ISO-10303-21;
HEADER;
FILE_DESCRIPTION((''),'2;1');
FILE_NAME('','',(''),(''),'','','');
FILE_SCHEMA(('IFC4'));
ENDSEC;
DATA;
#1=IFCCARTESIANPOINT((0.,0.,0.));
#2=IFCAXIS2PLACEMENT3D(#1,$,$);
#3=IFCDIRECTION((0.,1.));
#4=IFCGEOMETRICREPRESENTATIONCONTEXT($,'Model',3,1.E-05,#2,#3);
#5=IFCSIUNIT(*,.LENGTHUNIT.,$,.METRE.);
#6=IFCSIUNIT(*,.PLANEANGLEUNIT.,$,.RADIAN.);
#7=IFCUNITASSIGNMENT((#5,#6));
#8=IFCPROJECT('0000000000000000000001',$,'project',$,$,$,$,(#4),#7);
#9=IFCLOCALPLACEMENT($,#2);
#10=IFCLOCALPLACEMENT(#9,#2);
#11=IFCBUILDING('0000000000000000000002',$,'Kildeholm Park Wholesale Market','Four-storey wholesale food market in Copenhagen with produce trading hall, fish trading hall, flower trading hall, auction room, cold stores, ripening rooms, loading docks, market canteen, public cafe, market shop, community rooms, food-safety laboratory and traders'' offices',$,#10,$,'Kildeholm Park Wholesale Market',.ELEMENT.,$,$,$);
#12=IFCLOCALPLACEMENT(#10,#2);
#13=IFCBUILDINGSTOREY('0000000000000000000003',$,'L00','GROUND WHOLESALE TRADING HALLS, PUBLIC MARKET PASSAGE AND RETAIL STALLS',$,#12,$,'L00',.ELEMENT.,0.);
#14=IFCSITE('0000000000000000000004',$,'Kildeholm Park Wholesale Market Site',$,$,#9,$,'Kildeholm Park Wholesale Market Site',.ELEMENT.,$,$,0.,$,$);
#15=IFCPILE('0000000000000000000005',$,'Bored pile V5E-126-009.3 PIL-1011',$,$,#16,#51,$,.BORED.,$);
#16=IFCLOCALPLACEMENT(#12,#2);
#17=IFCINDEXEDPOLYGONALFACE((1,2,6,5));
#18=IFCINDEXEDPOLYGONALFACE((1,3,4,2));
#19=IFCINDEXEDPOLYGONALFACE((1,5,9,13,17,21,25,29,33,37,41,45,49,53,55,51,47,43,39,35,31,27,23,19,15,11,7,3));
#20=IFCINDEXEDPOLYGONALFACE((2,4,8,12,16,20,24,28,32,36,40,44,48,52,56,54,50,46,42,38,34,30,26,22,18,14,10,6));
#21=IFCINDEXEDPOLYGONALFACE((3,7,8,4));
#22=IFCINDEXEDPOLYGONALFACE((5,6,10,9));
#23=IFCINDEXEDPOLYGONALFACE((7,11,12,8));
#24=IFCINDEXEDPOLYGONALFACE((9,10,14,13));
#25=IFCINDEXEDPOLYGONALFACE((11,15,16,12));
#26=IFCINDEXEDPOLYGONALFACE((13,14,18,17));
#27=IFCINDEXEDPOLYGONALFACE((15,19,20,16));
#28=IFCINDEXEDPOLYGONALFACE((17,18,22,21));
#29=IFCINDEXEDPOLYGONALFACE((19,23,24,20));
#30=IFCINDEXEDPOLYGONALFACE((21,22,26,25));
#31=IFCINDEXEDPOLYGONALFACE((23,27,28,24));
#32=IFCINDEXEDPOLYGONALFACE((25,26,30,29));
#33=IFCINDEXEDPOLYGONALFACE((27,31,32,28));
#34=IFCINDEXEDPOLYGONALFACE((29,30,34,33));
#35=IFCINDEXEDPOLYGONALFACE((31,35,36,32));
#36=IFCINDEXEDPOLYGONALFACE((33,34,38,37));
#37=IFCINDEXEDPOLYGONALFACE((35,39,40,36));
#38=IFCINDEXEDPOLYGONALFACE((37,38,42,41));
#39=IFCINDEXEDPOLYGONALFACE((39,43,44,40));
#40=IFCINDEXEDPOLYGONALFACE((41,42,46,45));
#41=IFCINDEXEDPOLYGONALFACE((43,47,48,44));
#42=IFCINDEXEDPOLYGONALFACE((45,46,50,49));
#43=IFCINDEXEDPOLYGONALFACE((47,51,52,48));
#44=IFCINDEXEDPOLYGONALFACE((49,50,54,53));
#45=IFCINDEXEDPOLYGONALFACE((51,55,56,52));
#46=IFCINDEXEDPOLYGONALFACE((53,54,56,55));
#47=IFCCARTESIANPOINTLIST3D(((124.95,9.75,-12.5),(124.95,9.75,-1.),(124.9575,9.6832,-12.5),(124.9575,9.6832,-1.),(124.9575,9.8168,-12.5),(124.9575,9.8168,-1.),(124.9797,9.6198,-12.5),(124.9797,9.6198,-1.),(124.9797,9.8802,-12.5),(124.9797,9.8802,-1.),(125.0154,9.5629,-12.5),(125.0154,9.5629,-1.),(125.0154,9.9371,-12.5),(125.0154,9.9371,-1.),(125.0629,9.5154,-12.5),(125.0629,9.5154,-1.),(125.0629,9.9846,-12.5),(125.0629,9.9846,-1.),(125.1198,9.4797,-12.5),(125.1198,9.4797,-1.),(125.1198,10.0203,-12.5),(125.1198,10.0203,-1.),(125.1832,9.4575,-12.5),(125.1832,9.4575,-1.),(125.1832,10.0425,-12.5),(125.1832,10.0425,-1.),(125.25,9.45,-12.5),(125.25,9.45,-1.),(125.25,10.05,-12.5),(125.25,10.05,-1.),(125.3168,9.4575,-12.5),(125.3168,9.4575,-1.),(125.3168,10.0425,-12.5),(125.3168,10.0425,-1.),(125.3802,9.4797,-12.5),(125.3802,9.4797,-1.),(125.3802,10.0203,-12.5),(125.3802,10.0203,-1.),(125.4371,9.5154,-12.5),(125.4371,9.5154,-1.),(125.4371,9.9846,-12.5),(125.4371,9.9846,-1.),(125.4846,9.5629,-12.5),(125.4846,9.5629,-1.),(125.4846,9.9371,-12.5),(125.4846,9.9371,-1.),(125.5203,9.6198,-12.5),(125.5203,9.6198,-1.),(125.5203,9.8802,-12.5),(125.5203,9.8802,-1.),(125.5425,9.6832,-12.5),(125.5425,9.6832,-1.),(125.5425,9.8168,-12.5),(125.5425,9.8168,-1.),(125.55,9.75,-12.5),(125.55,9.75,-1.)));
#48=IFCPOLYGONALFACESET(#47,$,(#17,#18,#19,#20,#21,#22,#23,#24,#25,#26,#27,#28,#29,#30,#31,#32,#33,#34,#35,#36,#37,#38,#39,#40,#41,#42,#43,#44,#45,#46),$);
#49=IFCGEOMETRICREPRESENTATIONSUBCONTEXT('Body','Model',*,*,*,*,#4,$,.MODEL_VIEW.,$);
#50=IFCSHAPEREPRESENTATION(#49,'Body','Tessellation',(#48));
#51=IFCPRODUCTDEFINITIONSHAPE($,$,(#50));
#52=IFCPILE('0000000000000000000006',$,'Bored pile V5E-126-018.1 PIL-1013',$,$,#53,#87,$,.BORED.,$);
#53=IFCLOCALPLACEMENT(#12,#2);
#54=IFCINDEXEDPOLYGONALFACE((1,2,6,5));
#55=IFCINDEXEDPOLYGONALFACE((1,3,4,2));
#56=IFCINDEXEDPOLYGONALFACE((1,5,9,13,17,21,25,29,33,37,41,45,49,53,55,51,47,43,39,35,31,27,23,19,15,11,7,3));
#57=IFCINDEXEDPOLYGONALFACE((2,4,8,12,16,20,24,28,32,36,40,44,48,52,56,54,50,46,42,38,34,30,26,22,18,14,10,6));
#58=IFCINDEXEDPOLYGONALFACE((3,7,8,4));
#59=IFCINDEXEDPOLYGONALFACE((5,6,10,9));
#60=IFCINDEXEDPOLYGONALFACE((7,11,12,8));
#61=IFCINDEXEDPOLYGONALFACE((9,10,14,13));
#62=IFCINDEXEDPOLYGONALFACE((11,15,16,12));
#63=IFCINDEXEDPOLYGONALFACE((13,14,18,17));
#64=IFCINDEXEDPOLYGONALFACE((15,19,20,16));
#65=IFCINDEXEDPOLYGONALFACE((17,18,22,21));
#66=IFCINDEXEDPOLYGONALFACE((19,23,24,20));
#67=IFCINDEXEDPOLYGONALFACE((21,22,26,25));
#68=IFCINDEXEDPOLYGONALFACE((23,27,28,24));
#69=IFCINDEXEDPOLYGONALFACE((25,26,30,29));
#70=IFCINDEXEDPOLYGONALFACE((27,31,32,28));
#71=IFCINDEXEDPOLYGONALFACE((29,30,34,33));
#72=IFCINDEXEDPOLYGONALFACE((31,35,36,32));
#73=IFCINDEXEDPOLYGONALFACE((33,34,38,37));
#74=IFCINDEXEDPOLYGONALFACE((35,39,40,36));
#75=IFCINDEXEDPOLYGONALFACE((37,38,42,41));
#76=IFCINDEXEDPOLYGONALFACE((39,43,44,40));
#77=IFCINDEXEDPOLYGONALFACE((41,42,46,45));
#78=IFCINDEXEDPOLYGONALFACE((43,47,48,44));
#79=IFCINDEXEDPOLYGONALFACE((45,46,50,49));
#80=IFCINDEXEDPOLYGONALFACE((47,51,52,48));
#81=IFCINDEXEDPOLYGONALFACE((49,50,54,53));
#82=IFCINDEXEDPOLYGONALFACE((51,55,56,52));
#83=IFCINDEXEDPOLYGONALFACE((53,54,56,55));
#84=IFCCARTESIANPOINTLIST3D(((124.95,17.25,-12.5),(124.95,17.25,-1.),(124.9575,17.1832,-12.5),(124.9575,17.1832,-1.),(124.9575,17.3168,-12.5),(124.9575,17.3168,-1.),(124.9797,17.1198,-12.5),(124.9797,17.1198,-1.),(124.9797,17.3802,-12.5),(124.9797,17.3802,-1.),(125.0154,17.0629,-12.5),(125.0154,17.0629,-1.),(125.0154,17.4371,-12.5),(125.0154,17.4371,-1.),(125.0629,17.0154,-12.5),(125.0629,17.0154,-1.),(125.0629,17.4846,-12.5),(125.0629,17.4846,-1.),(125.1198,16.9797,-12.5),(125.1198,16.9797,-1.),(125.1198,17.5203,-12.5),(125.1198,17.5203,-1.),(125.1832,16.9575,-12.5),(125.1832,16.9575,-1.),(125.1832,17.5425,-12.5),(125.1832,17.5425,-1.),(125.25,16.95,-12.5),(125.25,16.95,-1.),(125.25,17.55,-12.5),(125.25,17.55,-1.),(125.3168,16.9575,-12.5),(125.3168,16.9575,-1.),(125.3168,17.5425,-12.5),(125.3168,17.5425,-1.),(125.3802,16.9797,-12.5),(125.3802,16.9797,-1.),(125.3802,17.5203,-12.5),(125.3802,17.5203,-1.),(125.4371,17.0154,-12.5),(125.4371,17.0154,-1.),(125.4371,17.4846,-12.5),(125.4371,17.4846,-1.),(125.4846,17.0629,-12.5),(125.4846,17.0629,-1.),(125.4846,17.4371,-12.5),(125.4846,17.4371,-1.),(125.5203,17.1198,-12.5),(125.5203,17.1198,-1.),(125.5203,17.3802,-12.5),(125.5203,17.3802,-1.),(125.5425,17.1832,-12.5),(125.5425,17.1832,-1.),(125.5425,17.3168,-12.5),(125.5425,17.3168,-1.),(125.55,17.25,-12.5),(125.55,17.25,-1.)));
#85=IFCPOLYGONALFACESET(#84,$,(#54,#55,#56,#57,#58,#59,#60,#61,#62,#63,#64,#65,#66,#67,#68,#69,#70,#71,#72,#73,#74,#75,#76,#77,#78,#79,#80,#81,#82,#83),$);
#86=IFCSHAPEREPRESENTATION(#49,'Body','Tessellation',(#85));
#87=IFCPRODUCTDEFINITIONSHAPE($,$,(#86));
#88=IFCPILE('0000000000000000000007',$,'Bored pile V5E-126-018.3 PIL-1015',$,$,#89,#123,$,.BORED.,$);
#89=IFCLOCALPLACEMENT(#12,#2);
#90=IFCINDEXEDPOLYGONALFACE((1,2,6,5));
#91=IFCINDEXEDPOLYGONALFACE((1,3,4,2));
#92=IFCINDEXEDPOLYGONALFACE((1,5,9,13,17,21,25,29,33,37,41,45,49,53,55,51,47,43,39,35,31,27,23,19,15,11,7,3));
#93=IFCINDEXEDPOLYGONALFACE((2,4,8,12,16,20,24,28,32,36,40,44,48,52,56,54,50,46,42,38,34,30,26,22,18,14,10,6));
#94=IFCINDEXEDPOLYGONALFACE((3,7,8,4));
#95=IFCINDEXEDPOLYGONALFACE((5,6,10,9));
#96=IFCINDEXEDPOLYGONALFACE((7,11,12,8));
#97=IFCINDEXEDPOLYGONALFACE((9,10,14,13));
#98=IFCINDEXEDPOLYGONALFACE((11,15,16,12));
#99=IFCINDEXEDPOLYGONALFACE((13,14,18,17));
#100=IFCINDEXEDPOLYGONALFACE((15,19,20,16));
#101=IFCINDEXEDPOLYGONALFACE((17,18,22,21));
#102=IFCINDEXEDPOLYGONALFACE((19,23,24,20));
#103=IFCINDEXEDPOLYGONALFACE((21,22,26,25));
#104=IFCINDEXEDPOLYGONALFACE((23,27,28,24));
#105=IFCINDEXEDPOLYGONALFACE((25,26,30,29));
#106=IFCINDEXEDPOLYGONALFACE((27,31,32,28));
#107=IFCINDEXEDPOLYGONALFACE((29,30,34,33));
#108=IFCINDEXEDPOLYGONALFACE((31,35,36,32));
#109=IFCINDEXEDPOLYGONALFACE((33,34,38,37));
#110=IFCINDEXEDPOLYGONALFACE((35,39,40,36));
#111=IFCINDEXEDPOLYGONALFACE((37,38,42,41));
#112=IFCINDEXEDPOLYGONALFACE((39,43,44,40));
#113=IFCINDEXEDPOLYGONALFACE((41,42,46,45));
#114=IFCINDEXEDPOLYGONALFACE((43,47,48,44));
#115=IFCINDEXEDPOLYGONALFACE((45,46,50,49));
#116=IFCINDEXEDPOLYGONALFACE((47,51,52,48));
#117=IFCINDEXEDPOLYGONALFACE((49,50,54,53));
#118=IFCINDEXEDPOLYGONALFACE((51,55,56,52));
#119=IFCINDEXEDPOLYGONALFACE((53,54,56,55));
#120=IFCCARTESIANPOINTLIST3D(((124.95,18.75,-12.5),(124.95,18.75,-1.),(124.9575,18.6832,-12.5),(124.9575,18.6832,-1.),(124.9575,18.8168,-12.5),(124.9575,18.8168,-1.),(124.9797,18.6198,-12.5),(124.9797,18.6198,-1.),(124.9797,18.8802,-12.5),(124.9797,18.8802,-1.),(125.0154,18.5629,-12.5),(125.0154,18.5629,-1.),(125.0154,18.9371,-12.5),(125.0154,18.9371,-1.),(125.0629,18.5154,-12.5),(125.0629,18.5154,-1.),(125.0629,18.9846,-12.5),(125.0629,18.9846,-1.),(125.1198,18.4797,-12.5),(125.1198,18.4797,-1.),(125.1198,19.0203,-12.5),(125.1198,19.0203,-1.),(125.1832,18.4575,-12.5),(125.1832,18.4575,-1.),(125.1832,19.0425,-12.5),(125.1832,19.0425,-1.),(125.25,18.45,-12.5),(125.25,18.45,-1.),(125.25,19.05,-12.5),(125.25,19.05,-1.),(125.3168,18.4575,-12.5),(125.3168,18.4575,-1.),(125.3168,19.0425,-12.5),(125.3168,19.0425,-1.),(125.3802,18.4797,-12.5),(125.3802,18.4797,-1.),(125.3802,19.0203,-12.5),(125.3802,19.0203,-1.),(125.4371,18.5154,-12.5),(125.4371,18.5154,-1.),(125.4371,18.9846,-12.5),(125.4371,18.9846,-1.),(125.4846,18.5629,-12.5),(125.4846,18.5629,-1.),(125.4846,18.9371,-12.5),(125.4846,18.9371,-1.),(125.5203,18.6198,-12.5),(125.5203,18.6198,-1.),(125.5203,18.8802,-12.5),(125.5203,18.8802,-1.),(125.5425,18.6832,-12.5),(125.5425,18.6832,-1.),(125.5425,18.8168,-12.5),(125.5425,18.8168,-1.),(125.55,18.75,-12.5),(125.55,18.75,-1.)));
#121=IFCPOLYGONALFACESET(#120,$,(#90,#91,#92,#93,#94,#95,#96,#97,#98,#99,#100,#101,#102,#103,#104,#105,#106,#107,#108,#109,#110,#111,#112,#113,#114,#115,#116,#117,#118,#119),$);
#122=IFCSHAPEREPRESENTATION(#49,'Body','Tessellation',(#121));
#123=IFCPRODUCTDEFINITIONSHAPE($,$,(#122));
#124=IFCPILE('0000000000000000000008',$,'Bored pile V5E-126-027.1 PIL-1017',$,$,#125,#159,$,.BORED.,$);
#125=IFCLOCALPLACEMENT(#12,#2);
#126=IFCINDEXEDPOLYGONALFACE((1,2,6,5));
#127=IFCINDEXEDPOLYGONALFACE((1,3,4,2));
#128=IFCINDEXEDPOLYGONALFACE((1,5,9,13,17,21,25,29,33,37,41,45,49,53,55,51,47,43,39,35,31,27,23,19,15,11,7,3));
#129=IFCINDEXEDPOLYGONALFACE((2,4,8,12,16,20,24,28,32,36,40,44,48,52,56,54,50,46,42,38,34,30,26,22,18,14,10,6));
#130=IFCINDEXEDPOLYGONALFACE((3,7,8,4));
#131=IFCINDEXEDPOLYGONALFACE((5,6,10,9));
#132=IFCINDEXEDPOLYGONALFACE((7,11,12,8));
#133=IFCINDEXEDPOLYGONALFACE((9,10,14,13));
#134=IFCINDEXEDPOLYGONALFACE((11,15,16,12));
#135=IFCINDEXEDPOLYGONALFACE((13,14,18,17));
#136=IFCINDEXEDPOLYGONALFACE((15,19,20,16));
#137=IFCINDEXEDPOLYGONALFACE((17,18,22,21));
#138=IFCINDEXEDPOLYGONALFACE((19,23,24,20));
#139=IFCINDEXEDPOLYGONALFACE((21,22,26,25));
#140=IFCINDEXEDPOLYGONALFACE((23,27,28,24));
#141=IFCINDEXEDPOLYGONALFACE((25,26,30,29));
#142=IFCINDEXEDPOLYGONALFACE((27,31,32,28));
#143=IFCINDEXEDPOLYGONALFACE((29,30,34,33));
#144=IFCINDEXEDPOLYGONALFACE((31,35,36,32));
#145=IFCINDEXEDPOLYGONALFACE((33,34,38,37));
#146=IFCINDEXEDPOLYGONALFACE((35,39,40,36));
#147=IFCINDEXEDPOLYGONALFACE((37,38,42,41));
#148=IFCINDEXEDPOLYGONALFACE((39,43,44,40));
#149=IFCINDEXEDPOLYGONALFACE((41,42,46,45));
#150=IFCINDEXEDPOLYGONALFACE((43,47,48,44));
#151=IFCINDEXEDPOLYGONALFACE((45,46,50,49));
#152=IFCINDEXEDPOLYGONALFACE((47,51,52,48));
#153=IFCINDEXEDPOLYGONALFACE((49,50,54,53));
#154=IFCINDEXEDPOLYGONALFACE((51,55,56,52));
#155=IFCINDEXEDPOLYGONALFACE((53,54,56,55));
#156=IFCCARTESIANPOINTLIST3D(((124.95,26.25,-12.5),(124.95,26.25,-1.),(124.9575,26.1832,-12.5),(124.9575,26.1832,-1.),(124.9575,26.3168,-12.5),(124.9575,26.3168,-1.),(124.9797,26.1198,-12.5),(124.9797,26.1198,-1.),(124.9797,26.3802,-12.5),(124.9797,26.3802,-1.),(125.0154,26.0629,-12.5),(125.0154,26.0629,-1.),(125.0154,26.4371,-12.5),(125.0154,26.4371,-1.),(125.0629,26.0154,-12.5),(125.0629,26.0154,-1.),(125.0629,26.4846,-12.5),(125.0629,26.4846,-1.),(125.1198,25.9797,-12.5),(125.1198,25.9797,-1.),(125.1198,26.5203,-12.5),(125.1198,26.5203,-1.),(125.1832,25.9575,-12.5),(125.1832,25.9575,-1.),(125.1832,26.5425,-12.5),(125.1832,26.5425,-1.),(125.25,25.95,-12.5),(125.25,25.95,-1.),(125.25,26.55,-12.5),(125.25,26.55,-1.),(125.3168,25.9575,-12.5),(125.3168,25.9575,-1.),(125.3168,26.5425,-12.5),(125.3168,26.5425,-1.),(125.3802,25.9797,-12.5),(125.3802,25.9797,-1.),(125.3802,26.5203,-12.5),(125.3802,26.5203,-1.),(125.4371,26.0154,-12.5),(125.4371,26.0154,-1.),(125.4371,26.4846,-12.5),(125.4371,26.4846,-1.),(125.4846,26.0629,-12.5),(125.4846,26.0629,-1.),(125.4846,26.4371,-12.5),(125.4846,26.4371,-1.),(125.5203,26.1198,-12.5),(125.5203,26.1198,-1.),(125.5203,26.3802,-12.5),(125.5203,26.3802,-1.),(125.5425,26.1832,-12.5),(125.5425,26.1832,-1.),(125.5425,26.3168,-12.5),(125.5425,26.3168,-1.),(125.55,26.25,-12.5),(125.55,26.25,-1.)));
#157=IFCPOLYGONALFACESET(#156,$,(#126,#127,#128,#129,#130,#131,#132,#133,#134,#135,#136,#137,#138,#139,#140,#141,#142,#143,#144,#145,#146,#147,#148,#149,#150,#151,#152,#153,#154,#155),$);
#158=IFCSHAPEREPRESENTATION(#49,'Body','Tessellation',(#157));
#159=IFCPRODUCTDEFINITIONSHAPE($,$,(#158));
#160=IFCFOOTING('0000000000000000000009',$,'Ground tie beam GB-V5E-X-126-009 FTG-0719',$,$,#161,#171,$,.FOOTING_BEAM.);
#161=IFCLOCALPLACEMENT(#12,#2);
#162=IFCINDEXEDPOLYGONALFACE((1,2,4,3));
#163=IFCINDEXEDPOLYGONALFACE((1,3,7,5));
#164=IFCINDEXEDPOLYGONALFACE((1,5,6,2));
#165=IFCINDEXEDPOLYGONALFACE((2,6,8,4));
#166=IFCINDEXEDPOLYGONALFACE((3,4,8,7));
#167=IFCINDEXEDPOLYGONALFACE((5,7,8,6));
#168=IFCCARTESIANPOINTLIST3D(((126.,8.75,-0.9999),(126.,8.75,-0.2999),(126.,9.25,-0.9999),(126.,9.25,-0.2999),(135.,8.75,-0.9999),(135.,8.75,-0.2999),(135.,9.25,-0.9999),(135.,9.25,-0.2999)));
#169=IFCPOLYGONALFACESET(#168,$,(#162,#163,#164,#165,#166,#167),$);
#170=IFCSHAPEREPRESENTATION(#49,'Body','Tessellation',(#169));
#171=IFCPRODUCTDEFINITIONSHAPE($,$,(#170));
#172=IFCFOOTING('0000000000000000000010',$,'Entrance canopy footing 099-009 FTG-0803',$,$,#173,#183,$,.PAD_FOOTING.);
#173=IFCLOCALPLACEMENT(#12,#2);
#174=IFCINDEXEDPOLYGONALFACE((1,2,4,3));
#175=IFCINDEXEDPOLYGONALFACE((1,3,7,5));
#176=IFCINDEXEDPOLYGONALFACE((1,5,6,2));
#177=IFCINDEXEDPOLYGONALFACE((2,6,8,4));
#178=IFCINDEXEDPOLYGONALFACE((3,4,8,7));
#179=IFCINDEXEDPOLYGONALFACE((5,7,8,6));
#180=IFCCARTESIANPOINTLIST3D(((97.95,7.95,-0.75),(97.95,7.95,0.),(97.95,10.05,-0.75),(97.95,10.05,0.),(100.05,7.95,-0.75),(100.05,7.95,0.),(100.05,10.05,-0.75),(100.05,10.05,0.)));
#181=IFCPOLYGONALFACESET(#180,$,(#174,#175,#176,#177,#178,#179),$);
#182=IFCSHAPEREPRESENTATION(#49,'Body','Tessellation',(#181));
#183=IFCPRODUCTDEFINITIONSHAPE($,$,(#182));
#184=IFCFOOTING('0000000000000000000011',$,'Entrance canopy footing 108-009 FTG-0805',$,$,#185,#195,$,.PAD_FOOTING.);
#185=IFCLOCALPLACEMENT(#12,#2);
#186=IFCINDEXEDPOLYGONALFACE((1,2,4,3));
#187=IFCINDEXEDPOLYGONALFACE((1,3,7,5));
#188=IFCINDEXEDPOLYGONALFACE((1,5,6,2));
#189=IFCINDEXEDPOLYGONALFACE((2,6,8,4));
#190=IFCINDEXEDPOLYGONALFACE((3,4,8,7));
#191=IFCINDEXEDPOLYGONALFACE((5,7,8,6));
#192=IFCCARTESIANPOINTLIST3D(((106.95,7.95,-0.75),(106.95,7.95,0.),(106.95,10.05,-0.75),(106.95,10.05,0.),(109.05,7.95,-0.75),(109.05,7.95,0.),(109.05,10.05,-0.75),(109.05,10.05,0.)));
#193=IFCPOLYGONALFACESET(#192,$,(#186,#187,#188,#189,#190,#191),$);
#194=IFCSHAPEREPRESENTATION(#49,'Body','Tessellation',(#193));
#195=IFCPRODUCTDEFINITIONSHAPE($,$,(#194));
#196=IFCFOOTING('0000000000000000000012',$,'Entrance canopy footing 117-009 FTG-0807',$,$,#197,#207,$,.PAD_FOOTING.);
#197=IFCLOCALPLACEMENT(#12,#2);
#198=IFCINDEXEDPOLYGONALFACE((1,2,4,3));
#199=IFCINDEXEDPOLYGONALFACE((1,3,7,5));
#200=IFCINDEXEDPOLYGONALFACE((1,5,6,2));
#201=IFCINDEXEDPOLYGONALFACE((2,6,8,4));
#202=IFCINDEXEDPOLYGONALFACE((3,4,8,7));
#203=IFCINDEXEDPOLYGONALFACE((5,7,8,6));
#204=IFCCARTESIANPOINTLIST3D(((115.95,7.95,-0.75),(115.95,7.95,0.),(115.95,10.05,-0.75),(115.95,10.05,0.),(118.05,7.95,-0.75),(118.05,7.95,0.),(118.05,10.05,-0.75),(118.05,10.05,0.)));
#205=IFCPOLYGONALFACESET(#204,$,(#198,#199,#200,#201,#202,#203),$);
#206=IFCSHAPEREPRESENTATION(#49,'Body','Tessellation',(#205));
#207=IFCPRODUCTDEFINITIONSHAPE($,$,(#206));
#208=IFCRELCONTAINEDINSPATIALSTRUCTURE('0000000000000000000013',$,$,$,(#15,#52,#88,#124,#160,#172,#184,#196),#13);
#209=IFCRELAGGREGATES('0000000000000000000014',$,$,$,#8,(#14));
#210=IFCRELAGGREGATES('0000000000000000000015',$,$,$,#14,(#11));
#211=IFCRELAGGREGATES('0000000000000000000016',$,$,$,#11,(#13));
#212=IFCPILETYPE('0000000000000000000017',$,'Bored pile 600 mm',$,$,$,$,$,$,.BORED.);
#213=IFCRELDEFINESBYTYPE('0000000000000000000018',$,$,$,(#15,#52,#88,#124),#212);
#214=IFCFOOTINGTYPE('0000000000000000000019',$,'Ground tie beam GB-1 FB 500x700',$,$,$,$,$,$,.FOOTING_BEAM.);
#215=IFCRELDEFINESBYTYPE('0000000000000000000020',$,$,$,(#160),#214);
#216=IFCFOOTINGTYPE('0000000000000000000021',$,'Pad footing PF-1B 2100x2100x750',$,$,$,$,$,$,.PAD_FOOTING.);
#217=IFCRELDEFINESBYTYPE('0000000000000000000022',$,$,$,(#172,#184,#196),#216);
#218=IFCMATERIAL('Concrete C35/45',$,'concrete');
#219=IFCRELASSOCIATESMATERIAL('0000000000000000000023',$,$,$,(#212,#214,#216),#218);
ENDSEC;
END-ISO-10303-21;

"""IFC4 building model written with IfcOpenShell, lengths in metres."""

from ifc_helpers import new_model, si_unit, direction, frame, origin, origin_2d, place, context, subcontext, project, spatial, rectangle, circle, extrude, material, material_profile, profile_set, type_object, element, save


model = new_model("IFC4")

# Units and contexts
model_context = context("Model", 3, precision=1e-05, world=origin(), true_north=direction((0.0, 1.0)))
body_context = subcontext(model_context, "Body", "Model", "MODEL_VIEW")
ifc_project = project(units=[si_unit("LENGTHUNIT", "METRE"), si_unit("PLANEANGLEUNIT", "RADIAN")], contexts=[model_context])

# Site, building, storey
site_placement = place(None, origin())
site = spatial("IfcSite", under=ifc_project, at=site_placement, Name="Kildeholm Park Wholesale Market Site", LongName="Kildeholm Park Wholesale Market Site", CompositionType="ELEMENT", RefElevation=0.0)
building_placement = place(site_placement, origin())
building = spatial("IfcBuilding", under=site, at=building_placement, Name="Kildeholm Park Wholesale Market", Description="Four-storey wholesale food market in Copenhagen with produce trading hall, fish trading hall, flower trading hall, auction room, cold stores, ripening rooms, loading docks, market canteen, public cafe, market shop, community rooms, food-safety laboratory and traders' offices", LongName="Kildeholm Park Wholesale Market", CompositionType="ELEMENT")
storey_placement = place(building_placement, origin())
storey = spatial("IfcBuildingStorey", under=building, at=storey_placement, Name="L00", Description="GROUND WHOLESALE TRADING HALLS, PUBLIC MARKET PASSAGE AND RETAIL STALLS", LongName="L00", CompositionType="ELEMENT", Elevation=0.0)

# Piles
ifc_material_1 = material(Name="Concrete C35/45", Category="concrete")
ifc_material_profile_1 = material_profile(ifc_material_1, circle(Radius=0.3, at=origin_2d()), Name="PILE D600")
ifc_profile_set_1 = profile_set([ifc_material_profile_1], Name="Concrete C35/45")
pile_type = type_object("IfcPileType", Name="Bored pile 600 mm", PredefinedType="BORED", material=ifc_profile_set_1)
for number, where, z_axis, x_axis, name in (
    (1, (125.25, 9.75, -1.0), (0.0, 0.0, -1.0), (1.0, 0.0, 0.0), "Bored pile V5E-126-009.3 PIL-1011"),
    (2, (125.25, 17.25, -1.0), (0.0, 0.0, -1.0), (1.0, 0.0, 0.0), "Bored pile V5E-126-018.1 PIL-1013"),
    (3, (125.25, 18.75, -1.0), (0.0, 0.0, -1.0), (1.0, 0.0, 0.0), "Bored pile V5E-126-018.3 PIL-1015"),
    (4, (125.25, 26.25, -1.0), (0.0, 0.0, -1.0), (1.0, 0.0, 0.0), "Bored pile V5E-126-027.1 PIL-1017"),
):
    element("IfcPile", number, at=place(storey_placement, frame(where, z_axis=z_axis, x_axis=x_axis)), inside=storey, type_object=pile_type, Name=name, PredefinedType="BORED", context=body_context, shape_type="SweptSolid", body=[
        extrude(circle(Radius=0.3, at=origin_2d()), origin(), (0.0, 0.0, 1.0), 11.5),
    ])

# Footings
ifc_material_profile_2 = material_profile(ifc_material_1, rectangle(XDim=0.5, YDim=0.7, at=origin_2d()), Name="FB 500x700")
ifc_profile_set_2 = profile_set([ifc_material_profile_2], Name="Concrete C35/45")
footing_type_1 = type_object("IfcFootingType", Name="Ground tie beam GB-1 FB 500x700", PredefinedType="FOOTING_BEAM", material=ifc_profile_set_2)
footing_1_placement = place(storey_placement, frame((126.0, 9.0, -0.6499), z_axis=(1.0, 0.0, 0.0), x_axis=(0.0, 1.0, 0.0)))
element("IfcFooting", 5, at=footing_1_placement, inside=storey, type_object=footing_type_1, Name="Ground tie beam GB-V5E-X-126-009 FTG-0719", PredefinedType="FOOTING_BEAM", context=body_context, shape_type="SweptSolid", body=[
    extrude(rectangle(XDim=0.5, YDim=0.7, at=origin_2d()), origin(), (0.0, 0.0, 1.0), 9.0),
])
footing_type_2 = type_object("IfcFootingType", Name="Pad footing PF-1B 2100x2100x750", PredefinedType="PAD_FOOTING", material=ifc_material_1)
for number, where, z_axis, x_axis, name in (
    (6, (99.0, 9.0, -0.75), (0.0, 0.0, 1.0), (1.0, 0.0, 0.0), "Entrance canopy footing 099-009 FTG-0803"),
    (7, (108.0, 9.0, -0.75), (0.0, 0.0, 1.0), (1.0, 0.0, 0.0), "Entrance canopy footing 108-009 FTG-0805"),
    (8, (117.0, 9.0, -0.75), (0.0, 0.0, 1.0), (1.0, 0.0, 0.0), "Entrance canopy footing 117-009 FTG-0807"),
):
    element("IfcFooting", number, at=place(storey_placement, frame(where, z_axis=z_axis, x_axis=x_axis)), inside=storey, type_object=footing_type_2, Name=name, PredefinedType="PAD_FOOTING", context=body_context, shape_type="SweptSolid", body=[
        extrude(rectangle(XDim=2.1001, YDim=2.1001, at=origin_2d()), origin(), (0.0, 0.0, 1.0), 0.75),
    ])

save(model, "model.ifc")
